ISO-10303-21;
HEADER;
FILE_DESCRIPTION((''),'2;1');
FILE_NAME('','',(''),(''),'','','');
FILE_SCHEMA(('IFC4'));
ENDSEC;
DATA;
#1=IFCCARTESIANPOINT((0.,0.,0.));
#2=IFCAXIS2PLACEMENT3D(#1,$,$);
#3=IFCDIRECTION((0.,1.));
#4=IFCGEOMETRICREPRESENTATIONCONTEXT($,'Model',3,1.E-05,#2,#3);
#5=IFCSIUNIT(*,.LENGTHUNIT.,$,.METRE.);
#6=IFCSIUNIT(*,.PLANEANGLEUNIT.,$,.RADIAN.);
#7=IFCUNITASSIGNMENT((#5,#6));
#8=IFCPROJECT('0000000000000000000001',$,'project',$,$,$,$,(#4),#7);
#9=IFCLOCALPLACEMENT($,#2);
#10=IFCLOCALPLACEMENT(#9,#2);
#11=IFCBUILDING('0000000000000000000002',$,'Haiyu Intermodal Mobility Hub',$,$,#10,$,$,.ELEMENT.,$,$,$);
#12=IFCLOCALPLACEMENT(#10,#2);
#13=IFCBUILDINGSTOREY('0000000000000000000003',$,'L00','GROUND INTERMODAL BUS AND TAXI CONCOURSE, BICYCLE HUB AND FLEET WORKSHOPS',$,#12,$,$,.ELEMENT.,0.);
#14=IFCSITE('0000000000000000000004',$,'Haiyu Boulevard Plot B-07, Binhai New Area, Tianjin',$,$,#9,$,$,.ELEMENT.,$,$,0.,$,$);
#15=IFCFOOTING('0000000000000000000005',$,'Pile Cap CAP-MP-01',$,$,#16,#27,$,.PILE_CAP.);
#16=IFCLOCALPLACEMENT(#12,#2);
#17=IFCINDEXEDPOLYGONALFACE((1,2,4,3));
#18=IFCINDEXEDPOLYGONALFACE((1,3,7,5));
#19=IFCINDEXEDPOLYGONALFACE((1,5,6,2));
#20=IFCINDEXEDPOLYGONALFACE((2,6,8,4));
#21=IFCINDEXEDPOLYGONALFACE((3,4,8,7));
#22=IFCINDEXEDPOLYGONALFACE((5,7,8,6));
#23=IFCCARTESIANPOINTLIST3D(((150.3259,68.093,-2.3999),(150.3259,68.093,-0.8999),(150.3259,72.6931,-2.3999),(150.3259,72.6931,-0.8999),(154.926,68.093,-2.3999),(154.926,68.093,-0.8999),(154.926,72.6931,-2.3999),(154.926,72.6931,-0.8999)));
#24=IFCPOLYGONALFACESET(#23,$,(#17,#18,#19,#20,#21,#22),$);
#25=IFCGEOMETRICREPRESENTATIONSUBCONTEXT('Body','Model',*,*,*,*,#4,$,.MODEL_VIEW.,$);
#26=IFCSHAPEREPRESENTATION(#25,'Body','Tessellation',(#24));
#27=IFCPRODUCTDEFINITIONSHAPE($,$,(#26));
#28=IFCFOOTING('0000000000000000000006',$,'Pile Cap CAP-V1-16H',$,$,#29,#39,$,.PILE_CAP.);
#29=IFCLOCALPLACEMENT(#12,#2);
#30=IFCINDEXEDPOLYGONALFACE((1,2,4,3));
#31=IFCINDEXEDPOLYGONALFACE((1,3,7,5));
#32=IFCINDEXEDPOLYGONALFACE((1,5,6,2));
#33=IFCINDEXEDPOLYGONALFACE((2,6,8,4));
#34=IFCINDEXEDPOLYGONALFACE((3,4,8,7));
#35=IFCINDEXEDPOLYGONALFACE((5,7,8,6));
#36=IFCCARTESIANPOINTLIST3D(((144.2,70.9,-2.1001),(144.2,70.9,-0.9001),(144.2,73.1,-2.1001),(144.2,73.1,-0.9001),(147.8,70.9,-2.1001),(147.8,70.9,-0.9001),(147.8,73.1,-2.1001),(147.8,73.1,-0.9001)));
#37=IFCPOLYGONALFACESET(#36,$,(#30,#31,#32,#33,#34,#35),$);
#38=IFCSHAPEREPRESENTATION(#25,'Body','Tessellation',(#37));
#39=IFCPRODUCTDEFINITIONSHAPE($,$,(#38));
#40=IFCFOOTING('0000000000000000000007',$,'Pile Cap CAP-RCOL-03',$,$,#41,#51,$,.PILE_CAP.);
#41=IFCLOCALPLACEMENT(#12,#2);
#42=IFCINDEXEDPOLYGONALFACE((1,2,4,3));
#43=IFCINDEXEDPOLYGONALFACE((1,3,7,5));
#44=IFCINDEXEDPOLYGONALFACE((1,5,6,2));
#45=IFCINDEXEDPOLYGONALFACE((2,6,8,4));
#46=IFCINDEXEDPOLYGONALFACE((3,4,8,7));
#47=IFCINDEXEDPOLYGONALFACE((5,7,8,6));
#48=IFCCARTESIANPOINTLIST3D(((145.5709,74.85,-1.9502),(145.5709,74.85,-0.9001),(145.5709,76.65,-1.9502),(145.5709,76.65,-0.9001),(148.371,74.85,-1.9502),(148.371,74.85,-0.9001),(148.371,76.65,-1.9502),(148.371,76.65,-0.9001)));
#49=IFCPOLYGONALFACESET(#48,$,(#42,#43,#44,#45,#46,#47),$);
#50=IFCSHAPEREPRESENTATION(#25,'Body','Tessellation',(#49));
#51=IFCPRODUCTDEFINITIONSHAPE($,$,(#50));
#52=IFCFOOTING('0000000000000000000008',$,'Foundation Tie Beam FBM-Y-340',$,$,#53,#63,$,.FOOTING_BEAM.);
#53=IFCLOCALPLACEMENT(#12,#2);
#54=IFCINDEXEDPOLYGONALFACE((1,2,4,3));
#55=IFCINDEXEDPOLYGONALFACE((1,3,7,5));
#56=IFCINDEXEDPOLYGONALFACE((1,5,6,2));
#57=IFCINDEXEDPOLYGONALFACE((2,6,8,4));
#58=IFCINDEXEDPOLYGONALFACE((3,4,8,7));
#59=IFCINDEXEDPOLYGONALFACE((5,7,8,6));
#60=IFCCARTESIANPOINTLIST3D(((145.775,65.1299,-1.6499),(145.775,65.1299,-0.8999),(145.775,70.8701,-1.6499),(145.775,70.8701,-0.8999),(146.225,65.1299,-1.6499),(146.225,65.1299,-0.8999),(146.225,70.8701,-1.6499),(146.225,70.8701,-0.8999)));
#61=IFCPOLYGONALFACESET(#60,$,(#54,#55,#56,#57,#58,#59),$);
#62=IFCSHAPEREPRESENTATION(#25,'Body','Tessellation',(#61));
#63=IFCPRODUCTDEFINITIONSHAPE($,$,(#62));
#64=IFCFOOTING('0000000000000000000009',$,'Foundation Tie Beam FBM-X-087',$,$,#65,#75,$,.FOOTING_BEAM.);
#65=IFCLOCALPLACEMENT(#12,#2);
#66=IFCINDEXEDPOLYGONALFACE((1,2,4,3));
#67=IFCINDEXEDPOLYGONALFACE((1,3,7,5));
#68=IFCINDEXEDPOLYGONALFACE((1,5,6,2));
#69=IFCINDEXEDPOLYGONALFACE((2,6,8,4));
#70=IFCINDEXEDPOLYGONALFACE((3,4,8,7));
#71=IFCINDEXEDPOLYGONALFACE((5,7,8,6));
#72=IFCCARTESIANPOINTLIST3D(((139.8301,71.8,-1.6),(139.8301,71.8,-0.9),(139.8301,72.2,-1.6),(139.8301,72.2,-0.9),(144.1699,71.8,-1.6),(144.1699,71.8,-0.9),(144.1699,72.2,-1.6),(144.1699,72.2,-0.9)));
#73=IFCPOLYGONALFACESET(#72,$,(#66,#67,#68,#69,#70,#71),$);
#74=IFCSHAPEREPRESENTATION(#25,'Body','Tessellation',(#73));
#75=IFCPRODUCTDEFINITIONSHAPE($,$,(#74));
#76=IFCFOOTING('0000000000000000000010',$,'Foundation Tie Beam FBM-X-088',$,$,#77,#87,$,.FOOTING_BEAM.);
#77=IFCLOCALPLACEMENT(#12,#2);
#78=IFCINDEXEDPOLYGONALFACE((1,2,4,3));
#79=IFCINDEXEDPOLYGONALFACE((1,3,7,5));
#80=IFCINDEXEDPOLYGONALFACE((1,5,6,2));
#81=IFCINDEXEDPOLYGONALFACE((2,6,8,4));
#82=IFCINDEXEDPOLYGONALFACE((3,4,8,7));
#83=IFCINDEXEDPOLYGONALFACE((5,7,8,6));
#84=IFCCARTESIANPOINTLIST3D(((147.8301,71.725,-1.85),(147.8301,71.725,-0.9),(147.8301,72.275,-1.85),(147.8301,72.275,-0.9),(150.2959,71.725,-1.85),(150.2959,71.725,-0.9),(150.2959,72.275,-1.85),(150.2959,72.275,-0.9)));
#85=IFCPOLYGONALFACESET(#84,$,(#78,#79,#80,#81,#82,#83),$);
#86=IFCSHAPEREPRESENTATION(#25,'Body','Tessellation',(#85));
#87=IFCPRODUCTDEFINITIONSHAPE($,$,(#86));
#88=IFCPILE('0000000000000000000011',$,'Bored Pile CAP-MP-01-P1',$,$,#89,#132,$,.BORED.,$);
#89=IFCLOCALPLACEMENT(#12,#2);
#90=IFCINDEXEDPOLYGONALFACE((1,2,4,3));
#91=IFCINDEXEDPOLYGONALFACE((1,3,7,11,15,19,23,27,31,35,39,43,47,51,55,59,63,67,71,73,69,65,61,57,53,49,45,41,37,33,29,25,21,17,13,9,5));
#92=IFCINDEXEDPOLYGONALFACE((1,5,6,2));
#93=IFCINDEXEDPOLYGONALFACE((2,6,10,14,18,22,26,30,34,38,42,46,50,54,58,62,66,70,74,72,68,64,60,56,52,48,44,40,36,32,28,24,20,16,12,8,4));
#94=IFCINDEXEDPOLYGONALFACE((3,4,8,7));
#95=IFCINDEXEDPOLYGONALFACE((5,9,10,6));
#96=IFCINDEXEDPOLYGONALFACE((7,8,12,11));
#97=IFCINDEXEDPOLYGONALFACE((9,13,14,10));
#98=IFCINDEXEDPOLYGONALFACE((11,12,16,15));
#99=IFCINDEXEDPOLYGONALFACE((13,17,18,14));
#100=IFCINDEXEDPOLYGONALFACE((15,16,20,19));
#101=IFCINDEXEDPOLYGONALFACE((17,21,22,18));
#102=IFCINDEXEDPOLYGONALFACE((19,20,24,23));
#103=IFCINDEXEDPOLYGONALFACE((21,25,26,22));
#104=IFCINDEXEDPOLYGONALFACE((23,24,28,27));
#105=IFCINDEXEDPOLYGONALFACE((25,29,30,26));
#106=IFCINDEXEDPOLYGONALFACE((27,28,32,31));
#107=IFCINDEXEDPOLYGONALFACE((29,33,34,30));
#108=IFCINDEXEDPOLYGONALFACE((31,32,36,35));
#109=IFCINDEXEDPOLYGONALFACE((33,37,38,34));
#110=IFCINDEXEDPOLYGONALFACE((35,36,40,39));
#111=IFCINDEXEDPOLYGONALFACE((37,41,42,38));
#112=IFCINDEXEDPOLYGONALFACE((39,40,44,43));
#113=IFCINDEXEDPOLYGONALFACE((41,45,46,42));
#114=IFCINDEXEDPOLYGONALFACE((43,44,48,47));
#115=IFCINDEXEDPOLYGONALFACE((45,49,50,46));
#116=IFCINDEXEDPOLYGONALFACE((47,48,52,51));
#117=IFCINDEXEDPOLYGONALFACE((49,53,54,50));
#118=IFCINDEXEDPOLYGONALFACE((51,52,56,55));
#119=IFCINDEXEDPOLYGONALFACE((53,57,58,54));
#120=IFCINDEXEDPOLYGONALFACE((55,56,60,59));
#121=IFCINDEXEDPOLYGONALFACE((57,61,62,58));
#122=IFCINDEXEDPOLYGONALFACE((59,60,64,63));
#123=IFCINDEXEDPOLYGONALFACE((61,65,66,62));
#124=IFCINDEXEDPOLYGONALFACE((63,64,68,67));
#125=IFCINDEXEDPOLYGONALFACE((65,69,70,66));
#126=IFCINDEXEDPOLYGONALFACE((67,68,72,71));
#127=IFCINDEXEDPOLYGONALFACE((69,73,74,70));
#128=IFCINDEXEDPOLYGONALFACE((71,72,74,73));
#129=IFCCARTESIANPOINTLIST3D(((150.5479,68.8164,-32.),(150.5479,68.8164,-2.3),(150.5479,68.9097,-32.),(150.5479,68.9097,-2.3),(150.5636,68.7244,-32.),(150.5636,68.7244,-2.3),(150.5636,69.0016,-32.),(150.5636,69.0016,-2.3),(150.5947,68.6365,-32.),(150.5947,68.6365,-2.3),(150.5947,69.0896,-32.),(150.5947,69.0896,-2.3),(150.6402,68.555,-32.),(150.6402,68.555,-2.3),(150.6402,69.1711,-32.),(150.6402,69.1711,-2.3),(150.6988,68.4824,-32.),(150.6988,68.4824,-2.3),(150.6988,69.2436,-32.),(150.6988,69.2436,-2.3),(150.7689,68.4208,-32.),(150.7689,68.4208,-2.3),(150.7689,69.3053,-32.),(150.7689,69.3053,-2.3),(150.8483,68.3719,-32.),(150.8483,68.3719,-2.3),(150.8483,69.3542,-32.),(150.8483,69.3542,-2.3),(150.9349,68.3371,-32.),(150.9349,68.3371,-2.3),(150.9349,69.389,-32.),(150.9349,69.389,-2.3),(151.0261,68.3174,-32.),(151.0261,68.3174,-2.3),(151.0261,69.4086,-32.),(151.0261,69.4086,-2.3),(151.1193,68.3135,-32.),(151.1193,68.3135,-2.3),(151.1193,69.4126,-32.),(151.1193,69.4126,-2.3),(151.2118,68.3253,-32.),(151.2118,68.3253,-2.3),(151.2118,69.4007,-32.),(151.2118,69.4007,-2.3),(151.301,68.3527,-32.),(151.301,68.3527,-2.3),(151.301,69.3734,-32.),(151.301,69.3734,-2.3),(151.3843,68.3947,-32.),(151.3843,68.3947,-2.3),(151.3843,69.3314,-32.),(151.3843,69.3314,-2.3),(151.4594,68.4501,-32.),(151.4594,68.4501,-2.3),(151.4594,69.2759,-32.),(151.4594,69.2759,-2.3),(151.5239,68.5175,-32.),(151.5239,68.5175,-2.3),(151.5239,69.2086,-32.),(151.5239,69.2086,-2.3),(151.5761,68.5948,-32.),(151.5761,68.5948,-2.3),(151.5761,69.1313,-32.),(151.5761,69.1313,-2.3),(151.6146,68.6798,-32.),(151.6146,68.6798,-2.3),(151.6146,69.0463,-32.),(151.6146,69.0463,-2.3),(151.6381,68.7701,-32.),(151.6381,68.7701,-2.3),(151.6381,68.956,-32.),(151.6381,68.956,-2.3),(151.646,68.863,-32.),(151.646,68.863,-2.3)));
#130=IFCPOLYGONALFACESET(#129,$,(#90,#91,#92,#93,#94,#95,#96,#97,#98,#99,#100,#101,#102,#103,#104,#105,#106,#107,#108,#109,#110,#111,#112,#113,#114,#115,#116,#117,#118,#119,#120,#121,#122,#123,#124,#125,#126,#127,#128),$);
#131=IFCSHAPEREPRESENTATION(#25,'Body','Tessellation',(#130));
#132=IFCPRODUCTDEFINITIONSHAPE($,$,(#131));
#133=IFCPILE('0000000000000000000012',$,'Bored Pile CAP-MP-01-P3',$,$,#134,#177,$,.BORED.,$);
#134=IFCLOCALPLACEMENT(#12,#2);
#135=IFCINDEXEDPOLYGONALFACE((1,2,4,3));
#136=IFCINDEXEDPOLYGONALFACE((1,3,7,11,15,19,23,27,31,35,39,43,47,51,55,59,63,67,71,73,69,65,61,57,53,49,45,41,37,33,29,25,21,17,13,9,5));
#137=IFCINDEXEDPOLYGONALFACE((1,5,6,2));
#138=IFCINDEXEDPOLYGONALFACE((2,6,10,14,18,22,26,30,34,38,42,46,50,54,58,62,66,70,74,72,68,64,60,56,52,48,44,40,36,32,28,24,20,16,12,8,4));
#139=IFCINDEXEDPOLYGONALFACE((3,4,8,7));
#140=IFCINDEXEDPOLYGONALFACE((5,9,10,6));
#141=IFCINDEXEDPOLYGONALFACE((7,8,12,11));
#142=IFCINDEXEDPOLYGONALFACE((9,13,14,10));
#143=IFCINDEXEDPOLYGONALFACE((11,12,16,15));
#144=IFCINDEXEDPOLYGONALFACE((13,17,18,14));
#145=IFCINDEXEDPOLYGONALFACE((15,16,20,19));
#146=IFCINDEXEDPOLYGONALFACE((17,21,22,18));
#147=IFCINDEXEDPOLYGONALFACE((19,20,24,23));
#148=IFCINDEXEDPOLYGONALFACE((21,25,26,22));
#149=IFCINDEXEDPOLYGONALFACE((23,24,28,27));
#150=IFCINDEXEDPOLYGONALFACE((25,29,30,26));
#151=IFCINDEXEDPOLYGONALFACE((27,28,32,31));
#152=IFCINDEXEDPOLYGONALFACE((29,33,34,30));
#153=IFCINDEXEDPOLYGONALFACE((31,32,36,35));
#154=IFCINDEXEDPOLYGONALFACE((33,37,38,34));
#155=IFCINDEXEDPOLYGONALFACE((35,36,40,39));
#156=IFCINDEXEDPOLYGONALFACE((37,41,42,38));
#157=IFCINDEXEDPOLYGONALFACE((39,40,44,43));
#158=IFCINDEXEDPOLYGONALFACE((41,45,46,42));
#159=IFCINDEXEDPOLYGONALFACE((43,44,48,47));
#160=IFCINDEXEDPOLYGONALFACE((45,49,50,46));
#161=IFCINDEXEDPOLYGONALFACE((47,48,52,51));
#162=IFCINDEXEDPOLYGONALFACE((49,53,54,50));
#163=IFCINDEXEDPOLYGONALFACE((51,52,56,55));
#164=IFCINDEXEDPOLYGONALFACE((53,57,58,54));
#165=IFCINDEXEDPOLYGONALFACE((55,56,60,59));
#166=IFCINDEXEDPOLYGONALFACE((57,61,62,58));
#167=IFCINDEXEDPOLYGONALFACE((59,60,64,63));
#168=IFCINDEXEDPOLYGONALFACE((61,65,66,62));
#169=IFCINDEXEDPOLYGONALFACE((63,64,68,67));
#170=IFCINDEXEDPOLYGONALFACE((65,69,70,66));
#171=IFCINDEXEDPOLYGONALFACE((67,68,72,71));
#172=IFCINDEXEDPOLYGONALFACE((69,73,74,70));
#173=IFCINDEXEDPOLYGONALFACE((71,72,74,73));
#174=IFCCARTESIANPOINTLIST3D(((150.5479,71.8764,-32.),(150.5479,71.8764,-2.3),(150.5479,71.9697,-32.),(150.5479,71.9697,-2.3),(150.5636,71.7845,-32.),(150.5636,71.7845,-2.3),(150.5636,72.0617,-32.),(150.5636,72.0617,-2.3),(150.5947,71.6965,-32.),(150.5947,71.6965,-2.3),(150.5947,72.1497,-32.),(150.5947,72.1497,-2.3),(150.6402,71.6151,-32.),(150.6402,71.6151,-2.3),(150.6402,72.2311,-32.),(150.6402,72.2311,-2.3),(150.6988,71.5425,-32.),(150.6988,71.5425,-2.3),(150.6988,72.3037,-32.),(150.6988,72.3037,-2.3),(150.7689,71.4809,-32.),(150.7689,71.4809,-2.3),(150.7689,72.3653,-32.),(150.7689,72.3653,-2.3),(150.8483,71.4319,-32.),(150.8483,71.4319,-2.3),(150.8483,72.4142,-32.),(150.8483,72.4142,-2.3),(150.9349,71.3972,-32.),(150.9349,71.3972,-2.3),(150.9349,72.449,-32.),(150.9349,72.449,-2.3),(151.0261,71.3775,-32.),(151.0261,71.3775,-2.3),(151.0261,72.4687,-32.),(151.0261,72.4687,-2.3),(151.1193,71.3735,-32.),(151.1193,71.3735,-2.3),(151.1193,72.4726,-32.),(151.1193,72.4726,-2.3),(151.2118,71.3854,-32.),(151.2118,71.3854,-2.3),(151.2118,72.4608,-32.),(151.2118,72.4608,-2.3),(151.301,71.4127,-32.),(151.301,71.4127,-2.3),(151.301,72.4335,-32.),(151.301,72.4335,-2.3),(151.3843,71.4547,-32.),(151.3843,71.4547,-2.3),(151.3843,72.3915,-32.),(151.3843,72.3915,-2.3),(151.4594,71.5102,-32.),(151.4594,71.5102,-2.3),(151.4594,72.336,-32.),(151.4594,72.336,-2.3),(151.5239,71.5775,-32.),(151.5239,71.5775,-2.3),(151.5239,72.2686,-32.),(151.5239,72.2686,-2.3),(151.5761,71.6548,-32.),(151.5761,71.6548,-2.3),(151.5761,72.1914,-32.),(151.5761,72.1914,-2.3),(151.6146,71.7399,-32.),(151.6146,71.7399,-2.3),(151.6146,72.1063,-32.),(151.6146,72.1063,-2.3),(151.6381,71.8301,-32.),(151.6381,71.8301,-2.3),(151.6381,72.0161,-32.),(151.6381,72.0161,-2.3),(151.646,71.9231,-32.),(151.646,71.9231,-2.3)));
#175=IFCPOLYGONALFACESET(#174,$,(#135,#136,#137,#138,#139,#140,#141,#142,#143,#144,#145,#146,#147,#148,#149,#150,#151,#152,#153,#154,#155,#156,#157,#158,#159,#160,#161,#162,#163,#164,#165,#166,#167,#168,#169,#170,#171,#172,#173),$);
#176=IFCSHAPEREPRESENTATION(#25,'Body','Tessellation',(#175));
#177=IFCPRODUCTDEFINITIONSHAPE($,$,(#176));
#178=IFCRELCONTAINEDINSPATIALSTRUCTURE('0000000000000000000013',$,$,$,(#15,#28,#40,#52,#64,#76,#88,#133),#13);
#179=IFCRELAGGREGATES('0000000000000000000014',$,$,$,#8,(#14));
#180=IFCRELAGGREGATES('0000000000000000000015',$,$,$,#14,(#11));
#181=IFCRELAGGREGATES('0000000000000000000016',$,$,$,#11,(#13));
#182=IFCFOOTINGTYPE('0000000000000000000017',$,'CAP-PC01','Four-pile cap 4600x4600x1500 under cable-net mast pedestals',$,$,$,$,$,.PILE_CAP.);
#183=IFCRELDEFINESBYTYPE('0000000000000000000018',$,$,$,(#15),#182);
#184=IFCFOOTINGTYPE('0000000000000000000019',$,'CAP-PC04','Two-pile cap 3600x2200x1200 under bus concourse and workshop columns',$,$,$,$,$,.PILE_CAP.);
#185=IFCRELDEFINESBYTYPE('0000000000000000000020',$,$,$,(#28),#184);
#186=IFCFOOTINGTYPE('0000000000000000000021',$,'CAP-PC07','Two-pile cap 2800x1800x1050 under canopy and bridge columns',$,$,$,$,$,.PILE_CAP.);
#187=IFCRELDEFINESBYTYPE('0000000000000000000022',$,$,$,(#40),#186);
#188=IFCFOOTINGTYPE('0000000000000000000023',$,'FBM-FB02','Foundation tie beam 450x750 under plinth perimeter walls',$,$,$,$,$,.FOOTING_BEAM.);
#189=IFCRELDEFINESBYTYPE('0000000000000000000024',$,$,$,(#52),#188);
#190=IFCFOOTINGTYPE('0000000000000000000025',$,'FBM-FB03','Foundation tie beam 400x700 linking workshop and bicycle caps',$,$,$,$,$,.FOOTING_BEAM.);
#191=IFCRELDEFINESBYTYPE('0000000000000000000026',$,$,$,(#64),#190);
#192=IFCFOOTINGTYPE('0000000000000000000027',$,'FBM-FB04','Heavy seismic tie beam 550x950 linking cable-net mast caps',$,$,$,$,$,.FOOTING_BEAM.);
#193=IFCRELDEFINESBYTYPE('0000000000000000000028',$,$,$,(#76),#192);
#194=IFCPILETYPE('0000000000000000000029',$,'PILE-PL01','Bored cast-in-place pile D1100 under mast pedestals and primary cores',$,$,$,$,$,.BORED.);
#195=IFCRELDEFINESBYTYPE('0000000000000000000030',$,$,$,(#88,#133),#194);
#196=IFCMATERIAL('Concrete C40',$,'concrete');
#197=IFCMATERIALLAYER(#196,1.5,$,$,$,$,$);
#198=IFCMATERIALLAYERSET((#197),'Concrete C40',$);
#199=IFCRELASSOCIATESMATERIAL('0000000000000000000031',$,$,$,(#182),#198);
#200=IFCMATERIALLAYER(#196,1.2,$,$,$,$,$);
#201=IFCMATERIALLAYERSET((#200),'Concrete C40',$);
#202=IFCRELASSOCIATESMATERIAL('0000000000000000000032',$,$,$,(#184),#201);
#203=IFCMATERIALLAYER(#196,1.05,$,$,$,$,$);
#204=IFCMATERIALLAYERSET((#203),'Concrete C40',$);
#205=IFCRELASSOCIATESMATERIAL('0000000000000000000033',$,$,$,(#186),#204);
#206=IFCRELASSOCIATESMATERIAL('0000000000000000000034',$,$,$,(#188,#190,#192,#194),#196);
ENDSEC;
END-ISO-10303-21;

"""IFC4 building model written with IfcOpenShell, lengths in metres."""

from ifc_helpers import new_model, si_unit, direction, frame, origin, origin_2d, place, context, subcontext, project, spatial, rectangle, circle, extrude, material, layer, layer_set, material_profile, profile_set, type_object, element, save


model = new_model("IFC4")

# Units and contexts
model_context = context("Model", 3, precision=1e-05, world=origin(), true_north=direction((0.0, 1.0)))
body_context = subcontext(model_context, "Body", "Model", "MODEL_VIEW")
ifc_project = project(units=[si_unit("LENGTHUNIT", "METRE"), si_unit("PLANEANGLEUNIT", "RADIAN")], contexts=[model_context])

# Site, building, storey
site_placement = place(None, origin())
site = spatial("IfcSite", under=ifc_project, at=site_placement, Name="Haiyu Boulevard Plot B-07, Binhai New Area, Tianjin", CompositionType="ELEMENT", RefElevation=0.0)
building_placement = place(site_placement, origin())
building = spatial("IfcBuilding", under=site, at=building_placement, Name="Haiyu Intermodal Mobility Hub", CompositionType="ELEMENT")
storey_placement = place(building_placement, origin())
storey = spatial("IfcBuildingStorey", under=building, at=storey_placement, Name="L00", Description="GROUND INTERMODAL BUS AND TAXI CONCOURSE, BICYCLE HUB AND FLEET WORKSHOPS", CompositionType="ELEMENT", Elevation=0.0)

# Footings
ifc_material_1 = material(Name="Concrete C40", Category="concrete")
ifc_layer_1 = layer(ifc_material_1, 1.5)
ifc_layer_set_1 = layer_set([ifc_layer_1], Name="Concrete C40")
footing_type_1 = type_object("IfcFootingType", Name="CAP-PC01", Description="Four-pile cap 4600x4600x1500 under cable-net mast pedestals", PredefinedType="PILE_CAP", material=ifc_layer_set_1)
footing_1_placement = place(storey_placement, frame((152.626, 70.3931, -2.3999), z_axis=(0.0, 0.0, 1.0), x_axis=(1.0, 0.0, 0.0)))
element("IfcFooting", 1, at=footing_1_placement, inside=storey, type_object=footing_type_1, Name="Pile Cap CAP-MP-01", PredefinedType="PILE_CAP", context=body_context, shape_type="SweptSolid", body=[
    extrude(rectangle(XDim=4.6001, YDim=4.6001, at=origin_2d()), origin(), (0.0, 0.0, 1.0), 1.5),
])
ifc_layer_2 = layer(ifc_material_1, 1.2)
ifc_layer_set_2 = layer_set([ifc_layer_2], Name="Concrete C40")
footing_type_2 = type_object("IfcFootingType", Name="CAP-PC04", Description="Two-pile cap 3600x2200x1200 under bus concourse and workshop columns", PredefinedType="PILE_CAP", material=ifc_layer_set_2)
footing_2_placement = place(storey_placement, frame((146.0, 72.0, -2.1001), z_axis=(0.0, 0.0, 1.0), x_axis=(1.0, 0.0, 0.0)))
element("IfcFooting", 2, at=footing_2_placement, inside=storey, type_object=footing_type_2, Name="Pile Cap CAP-V1-16H", PredefinedType="PILE_CAP", context=body_context, shape_type="SweptSolid", body=[
    extrude(rectangle(XDim=3.6001, YDim=2.2, at=origin_2d()), origin(), (0.0, 0.0, 1.0), 1.2),
])
ifc_layer_3 = layer(ifc_material_1, 1.05)
ifc_layer_set_3 = layer_set([ifc_layer_3], Name="Concrete C40")
footing_type_3 = type_object("IfcFootingType", Name="CAP-PC07", Description="Two-pile cap 2800x1800x1050 under canopy and bridge columns", PredefinedType="PILE_CAP", material=ifc_layer_set_3)
footing_3_placement = place(storey_placement, frame((146.9709, 75.75, -1.9502), z_axis=(0.0, 0.0, 1.0), x_axis=(1.0, 0.0, 0.0)))
element("IfcFooting", 3, at=footing_3_placement, inside=storey, type_object=footing_type_3, Name="Pile Cap CAP-RCOL-03", PredefinedType="PILE_CAP", context=body_context, shape_type="SweptSolid", body=[
    extrude(rectangle(XDim=2.8, YDim=1.8, at=origin_2d()), origin(), (0.0, 0.0, 1.0), 1.05),
])
ifc_material_profile_1 = material_profile(ifc_material_1, rectangle(XDim=0.45, YDim=0.75, at=origin_2d()), Name="FB450x750")
ifc_profile_set_1 = profile_set([ifc_material_profile_1], Name="Concrete C40")
footing_type_4 = type_object("IfcFootingType", Name="FBM-FB02", Description="Foundation tie beam 450x750 under plinth perimeter walls", PredefinedType="FOOTING_BEAM", material=ifc_profile_set_1)
footing_4_placement = place(storey_placement, frame((146.0, 65.1299, -1.2749), z_axis=(0.0, 1.0, 0.0), x_axis=(-1.0, 0.0, 0.0)))
element("IfcFooting", 4, at=footing_4_placement, inside=storey, type_object=footing_type_4, Name="Foundation Tie Beam FBM-Y-340", PredefinedType="FOOTING_BEAM", context=body_context, shape_type="SweptSolid", body=[
    extrude(rectangle(XDim=0.45, YDim=0.75, at=origin_2d()), origin(), (0.0, 0.0, 1.0), 5.7402),
])
ifc_material_profile_2 = material_profile(ifc_material_1, rectangle(XDim=0.3999, YDim=0.7, at=origin_2d()), Name="FB400x700")
ifc_profile_set_2 = profile_set([ifc_material_profile_2], Name="Concrete C40")
footing_type_5 = type_object("IfcFootingType", Name="FBM-FB03", Description="Foundation tie beam 400x700 linking workshop and bicycle caps", PredefinedType="FOOTING_BEAM", material=ifc_profile_set_2)
footing_5_placement = place(storey_placement, frame((139.8301, 72.0, -1.25), z_axis=(1.0, 0.0, 0.0), x_axis=(0.0, 1.0, 0.0)))
element("IfcFooting", 5, at=footing_5_placement, inside=storey, type_object=footing_type_5, Name="Foundation Tie Beam FBM-X-087", PredefinedType="FOOTING_BEAM", context=body_context, shape_type="SweptSolid", body=[
    extrude(rectangle(XDim=0.3999, YDim=0.7, at=origin_2d()), origin(), (0.0, 0.0, 1.0), 4.3398),
])
ifc_material_profile_3 = material_profile(ifc_material_1, rectangle(XDim=0.55, YDim=0.95, at=origin_2d()), Name="FB550x950")
ifc_profile_set_3 = profile_set([ifc_material_profile_3], Name="Concrete C40")
footing_type_6 = type_object("IfcFootingType", Name="FBM-FB04", Description="Heavy seismic tie beam 550x950 linking cable-net mast caps", PredefinedType="FOOTING_BEAM", material=ifc_profile_set_3)
footing_6_placement = place(storey_placement, frame((147.8301, 72.0, -1.375), z_axis=(1.0, 0.0, 0.0), x_axis=(0.0, 1.0, 0.0)))
element("IfcFooting", 6, at=footing_6_placement, inside=storey, type_object=footing_type_6, Name="Foundation Tie Beam FBM-X-088", PredefinedType="FOOTING_BEAM", context=body_context, shape_type="SweptSolid", body=[
    extrude(rectangle(XDim=0.55, YDim=0.95, at=origin_2d()), origin(), (0.0, 0.0, 1.0), 2.4658),
])

# Piles
ifc_material_profile_4 = material_profile(ifc_material_1, circle(Radius=0.55, at=origin_2d()), Name="PILE-D1100")
ifc_profile_set_4 = profile_set([ifc_material_profile_4], Name="Concrete C40")
pile_type_1 = type_object("IfcPileType", Name="PILE-PL01", Description="Bored cast-in-place pile D1100 under mast pedestals and primary cores", PredefinedType="BORED", material=ifc_profile_set_4)
for number, where, z_axis, x_axis, name in (
    (7, (151.0959, 68.863, -2.3), (0.0, 0.0, -1.0), (1.0, 0.0, 0.0), "Bored Pile CAP-MP-01-P1"),
    (8, (151.0959, 71.9231, -2.3), (0.0, 0.0, -1.0), (1.0, 0.0, 0.0), "Bored Pile CAP-MP-01-P3"),
):
    element("IfcPile", number, at=place(storey_placement, frame(where, z_axis=z_axis, x_axis=x_axis)), inside=storey, type_object=pile_type_1, Name=name, PredefinedType="BORED", context=body_context, shape_type="SweptSolid", body=[
        extrude(circle(Radius=0.55, at=origin_2d()), origin(), (0.0, 0.0, 1.0), 29.7),
    ])

save(model, "model.ifc")
